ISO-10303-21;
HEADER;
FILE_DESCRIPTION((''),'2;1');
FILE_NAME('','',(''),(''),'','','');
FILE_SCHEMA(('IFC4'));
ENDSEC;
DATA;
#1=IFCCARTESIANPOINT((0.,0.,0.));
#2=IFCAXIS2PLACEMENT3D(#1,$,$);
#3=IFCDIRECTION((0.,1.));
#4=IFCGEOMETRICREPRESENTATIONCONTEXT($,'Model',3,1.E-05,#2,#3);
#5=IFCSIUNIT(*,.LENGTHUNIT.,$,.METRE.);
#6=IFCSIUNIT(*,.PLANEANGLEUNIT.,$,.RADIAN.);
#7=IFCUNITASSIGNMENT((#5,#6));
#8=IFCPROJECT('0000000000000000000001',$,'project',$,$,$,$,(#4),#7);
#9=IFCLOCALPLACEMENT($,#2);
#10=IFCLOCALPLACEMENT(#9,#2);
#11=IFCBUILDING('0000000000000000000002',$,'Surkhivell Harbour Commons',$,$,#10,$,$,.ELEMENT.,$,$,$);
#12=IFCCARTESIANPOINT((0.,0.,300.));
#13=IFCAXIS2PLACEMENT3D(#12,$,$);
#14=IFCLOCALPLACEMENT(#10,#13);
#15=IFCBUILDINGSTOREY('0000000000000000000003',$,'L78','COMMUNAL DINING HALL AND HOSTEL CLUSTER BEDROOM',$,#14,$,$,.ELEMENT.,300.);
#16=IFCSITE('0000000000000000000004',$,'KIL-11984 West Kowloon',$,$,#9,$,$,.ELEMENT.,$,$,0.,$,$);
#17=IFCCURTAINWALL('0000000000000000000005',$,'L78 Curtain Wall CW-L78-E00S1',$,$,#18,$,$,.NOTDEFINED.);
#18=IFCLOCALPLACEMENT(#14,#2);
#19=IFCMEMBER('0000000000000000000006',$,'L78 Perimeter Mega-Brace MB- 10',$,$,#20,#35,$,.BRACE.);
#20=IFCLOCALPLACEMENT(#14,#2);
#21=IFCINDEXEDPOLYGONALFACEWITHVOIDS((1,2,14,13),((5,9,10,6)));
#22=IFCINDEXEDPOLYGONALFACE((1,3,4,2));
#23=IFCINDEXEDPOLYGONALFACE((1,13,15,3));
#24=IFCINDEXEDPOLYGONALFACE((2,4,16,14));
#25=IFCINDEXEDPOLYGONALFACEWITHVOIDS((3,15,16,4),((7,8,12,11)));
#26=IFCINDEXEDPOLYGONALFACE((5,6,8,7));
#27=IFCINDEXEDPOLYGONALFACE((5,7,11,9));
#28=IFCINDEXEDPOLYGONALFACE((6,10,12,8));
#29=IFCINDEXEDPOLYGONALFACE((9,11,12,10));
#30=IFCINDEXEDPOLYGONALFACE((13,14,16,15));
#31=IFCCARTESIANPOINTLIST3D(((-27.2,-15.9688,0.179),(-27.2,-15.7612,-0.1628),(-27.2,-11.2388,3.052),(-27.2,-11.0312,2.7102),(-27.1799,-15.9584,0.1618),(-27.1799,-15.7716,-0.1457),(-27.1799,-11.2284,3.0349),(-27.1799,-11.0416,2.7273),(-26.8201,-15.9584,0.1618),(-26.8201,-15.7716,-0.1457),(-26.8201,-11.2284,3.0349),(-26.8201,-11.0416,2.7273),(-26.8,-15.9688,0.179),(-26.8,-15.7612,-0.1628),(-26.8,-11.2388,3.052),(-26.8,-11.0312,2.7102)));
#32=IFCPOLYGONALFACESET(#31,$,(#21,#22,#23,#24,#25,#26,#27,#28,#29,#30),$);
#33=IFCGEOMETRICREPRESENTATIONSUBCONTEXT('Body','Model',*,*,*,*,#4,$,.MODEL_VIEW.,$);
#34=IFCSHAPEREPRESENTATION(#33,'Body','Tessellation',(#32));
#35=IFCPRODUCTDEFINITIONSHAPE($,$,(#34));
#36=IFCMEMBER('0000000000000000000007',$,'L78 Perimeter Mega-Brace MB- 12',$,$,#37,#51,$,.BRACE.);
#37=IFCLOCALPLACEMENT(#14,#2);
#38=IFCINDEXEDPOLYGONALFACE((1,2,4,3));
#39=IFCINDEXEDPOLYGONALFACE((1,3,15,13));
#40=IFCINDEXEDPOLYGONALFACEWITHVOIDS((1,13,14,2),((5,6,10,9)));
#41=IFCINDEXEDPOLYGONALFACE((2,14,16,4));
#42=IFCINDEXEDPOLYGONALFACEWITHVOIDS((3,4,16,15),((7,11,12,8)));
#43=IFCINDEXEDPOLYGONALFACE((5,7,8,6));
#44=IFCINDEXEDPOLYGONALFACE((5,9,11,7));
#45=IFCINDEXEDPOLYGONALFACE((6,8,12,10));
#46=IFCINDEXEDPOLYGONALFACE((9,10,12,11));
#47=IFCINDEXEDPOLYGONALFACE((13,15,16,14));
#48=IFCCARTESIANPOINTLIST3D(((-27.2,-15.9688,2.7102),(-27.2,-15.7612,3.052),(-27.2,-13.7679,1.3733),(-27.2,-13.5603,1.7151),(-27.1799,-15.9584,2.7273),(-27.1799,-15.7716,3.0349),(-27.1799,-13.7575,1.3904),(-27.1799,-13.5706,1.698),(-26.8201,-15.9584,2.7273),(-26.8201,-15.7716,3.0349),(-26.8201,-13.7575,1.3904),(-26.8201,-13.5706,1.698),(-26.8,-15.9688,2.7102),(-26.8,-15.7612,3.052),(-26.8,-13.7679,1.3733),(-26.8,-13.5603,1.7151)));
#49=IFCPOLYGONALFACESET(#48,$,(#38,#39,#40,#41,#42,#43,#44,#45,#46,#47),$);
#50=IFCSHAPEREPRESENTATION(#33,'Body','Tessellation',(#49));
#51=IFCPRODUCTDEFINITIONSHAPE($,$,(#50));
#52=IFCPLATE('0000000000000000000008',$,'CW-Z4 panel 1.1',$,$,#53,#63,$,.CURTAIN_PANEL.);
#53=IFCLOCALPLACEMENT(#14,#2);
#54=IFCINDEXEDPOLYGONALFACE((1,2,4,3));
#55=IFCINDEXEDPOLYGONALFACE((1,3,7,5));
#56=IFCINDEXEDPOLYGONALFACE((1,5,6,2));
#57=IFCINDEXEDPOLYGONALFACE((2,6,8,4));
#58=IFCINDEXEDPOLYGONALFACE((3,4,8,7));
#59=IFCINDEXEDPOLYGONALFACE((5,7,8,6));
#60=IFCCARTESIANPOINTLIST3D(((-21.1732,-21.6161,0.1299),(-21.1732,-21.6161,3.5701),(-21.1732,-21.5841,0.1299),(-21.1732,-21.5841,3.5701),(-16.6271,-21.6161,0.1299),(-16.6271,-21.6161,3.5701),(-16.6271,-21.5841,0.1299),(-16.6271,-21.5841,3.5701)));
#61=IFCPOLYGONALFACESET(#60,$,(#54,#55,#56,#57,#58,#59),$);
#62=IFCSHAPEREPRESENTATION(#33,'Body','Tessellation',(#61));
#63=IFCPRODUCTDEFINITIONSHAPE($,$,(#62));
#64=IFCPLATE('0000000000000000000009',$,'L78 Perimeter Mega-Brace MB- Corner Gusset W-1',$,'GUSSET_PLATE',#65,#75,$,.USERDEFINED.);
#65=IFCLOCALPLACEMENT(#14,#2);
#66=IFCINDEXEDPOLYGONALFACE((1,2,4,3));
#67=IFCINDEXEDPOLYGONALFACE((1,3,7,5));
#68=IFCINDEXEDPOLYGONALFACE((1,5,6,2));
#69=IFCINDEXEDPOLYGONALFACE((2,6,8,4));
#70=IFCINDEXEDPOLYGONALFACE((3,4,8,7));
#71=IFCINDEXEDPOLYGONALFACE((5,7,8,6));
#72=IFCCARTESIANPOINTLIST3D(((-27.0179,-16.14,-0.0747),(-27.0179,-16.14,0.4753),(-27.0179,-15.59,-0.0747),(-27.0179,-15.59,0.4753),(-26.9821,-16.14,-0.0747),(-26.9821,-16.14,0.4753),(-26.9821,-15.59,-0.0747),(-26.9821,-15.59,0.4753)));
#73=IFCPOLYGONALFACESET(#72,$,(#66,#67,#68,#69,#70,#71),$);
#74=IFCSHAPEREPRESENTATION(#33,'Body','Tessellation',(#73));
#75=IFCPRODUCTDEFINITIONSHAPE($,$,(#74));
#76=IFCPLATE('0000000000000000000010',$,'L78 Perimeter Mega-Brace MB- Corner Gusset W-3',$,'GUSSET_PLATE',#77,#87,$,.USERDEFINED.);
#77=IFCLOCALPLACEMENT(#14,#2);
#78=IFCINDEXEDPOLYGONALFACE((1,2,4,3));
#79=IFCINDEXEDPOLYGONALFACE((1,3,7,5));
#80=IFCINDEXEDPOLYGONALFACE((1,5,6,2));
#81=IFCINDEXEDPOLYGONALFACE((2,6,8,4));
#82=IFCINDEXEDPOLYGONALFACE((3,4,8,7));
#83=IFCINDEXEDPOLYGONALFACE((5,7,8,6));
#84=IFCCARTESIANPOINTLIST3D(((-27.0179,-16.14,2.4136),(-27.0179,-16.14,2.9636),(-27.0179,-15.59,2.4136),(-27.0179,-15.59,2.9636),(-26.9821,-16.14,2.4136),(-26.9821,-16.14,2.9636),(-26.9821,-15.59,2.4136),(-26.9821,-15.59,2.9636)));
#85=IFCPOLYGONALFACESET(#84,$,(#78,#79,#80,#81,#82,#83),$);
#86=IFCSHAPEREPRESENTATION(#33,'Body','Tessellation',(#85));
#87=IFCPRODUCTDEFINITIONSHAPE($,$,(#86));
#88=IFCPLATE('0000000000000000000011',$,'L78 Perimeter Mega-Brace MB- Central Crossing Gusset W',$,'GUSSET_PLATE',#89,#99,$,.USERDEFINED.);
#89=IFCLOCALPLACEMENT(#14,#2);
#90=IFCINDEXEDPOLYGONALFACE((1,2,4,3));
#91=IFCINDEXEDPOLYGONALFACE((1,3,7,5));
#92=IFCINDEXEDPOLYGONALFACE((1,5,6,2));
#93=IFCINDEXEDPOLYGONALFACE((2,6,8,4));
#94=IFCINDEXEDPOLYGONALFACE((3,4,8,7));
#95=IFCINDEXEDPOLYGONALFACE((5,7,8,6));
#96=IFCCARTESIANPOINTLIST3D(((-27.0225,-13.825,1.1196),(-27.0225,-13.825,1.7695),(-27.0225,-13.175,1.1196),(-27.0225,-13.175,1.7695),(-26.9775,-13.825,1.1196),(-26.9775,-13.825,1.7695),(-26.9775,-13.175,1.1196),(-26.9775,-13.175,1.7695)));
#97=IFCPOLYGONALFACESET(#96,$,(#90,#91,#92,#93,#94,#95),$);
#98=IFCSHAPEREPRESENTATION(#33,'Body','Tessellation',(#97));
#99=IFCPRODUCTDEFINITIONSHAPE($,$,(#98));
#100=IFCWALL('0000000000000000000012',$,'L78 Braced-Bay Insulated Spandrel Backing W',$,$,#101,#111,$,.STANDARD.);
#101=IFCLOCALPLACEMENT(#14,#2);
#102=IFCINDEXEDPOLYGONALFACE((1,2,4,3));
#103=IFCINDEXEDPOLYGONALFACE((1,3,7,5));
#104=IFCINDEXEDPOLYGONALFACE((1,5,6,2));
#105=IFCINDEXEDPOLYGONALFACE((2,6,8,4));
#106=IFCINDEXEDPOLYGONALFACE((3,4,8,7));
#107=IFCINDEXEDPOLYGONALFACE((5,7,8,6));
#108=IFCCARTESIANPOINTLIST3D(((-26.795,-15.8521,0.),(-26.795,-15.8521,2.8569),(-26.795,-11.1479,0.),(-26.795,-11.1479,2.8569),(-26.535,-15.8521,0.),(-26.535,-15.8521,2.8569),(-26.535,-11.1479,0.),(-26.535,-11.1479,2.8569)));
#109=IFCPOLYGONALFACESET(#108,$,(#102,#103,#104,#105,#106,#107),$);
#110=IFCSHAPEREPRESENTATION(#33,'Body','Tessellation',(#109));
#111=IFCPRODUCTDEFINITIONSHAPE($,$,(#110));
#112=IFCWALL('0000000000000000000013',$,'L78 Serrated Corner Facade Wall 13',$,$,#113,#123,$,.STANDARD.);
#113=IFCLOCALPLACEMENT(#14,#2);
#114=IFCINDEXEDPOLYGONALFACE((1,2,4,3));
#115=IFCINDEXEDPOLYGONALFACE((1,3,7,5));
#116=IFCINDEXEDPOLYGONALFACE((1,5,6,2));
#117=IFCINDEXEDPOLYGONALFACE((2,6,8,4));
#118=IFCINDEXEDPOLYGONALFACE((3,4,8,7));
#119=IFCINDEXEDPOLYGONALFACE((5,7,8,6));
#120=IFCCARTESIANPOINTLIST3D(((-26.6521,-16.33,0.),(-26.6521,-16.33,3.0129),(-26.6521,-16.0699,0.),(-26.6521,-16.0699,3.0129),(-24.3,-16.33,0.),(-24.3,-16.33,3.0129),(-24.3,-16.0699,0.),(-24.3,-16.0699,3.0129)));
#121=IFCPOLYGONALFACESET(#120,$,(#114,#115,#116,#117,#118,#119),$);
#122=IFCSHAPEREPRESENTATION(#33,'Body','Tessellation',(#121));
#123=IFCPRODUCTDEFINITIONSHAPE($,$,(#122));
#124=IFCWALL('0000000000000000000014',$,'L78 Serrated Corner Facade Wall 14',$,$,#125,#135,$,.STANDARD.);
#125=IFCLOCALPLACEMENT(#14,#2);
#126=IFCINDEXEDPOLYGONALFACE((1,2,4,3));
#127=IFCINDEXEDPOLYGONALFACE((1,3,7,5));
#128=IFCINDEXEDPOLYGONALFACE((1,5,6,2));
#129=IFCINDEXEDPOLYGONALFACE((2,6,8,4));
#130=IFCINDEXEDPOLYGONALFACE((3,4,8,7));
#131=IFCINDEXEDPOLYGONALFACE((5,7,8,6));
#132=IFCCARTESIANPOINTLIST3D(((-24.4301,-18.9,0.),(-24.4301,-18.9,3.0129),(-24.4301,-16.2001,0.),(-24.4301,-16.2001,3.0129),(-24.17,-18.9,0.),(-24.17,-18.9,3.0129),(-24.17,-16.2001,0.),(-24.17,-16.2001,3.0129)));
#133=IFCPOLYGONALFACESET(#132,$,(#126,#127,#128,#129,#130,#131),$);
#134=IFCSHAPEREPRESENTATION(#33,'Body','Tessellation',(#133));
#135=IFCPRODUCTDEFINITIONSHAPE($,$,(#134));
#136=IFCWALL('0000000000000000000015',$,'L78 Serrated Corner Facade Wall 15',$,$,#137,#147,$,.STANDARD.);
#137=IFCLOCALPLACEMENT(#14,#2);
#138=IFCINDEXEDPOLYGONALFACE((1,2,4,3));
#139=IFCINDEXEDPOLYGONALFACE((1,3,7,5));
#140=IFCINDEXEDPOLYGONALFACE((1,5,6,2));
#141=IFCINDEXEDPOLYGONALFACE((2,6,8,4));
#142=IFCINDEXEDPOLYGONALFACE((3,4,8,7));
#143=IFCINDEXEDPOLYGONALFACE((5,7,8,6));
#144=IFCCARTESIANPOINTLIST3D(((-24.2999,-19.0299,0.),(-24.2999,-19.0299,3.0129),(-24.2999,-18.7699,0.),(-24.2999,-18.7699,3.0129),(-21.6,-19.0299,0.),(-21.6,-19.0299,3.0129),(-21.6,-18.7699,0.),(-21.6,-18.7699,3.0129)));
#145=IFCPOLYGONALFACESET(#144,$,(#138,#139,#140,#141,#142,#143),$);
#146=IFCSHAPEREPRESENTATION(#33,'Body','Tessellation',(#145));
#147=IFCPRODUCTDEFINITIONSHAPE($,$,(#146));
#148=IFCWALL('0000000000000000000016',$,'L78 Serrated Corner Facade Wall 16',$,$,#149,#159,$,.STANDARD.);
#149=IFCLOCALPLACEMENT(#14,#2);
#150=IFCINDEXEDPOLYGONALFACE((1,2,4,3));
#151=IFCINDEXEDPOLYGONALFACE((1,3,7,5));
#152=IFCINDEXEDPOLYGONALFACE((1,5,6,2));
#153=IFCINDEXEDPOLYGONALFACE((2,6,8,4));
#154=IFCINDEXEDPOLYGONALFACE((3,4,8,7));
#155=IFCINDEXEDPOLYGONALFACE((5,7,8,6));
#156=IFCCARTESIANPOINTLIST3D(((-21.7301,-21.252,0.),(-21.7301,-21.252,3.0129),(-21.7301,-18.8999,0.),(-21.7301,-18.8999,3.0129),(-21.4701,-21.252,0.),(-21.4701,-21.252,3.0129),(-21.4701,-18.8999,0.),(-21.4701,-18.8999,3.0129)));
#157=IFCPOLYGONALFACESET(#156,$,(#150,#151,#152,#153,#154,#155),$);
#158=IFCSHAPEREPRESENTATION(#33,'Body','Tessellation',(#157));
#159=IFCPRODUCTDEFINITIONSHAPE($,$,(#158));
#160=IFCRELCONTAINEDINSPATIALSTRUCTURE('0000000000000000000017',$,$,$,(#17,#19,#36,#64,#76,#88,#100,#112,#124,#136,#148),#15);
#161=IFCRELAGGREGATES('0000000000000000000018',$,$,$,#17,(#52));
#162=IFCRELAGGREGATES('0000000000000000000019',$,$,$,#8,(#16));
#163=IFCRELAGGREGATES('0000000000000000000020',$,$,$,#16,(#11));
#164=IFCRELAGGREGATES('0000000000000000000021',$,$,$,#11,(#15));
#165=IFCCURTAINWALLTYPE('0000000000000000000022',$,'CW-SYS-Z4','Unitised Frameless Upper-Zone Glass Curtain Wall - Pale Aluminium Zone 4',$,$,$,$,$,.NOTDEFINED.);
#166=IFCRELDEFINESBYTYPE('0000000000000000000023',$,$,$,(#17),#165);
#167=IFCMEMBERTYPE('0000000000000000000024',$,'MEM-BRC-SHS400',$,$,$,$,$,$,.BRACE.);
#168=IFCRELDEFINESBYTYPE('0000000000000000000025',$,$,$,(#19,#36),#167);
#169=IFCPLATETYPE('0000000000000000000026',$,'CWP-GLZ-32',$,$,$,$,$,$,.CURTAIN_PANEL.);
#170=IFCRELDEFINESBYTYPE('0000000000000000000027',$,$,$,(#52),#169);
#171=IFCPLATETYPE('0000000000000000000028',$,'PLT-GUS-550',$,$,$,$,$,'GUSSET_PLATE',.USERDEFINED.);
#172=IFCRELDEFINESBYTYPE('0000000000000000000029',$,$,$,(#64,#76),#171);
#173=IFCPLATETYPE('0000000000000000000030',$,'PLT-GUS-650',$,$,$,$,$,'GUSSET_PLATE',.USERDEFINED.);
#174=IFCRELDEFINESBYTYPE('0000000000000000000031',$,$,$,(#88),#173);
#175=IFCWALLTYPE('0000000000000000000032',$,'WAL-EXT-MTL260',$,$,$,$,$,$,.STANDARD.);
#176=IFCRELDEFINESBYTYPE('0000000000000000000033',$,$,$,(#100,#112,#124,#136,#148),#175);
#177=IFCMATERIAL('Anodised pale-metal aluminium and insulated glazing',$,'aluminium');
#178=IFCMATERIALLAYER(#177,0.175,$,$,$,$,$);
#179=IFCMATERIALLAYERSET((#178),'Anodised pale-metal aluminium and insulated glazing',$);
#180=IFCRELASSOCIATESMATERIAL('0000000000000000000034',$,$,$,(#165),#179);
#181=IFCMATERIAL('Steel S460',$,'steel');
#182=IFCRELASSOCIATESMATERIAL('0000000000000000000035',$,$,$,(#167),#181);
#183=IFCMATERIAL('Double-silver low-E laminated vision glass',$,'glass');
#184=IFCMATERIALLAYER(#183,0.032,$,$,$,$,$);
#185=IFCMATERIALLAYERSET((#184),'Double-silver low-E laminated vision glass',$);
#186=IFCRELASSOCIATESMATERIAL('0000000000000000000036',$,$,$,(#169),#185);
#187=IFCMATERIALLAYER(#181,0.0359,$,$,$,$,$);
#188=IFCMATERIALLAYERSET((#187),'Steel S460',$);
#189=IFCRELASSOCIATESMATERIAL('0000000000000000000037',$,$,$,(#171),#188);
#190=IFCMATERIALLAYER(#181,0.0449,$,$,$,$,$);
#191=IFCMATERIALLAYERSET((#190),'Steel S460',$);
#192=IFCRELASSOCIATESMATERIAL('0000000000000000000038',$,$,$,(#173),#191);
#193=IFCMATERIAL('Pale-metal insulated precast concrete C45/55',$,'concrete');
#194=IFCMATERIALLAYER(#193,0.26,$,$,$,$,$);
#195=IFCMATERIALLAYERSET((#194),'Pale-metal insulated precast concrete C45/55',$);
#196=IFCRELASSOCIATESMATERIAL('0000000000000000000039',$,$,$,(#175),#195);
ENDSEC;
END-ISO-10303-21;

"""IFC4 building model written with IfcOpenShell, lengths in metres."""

from ifc_helpers import new_model, si_unit, direction, frame, frame_2d, origin, origin_2d, place, context, subcontext, project, spatial, rectangle, hollow_rectangle, extrude, material, layer, layer_set, material_profile, profile_set, type_object, element, aggregate, save


model = new_model("IFC4")

# Units and contexts
model_context = context("Model", 3, precision=1e-05, world=origin(), true_north=direction((0.0, 1.0)))
body_context = subcontext(model_context, "Body", "Model", "MODEL_VIEW")
ifc_project = project(units=[si_unit("LENGTHUNIT", "METRE"), si_unit("PLANEANGLEUNIT", "RADIAN")], contexts=[model_context])

# Site, building, storey
site_placement = place(None, origin())
site = spatial("IfcSite", under=ifc_project, at=site_placement, Name="KIL-11984 West Kowloon", CompositionType="ELEMENT", RefElevation=0.0)
building_placement = place(site_placement, origin())
building = spatial("IfcBuilding", under=site, at=building_placement, Name="Surkhivell Harbour Commons", CompositionType="ELEMENT")
storey_placement = place(building_placement, frame((0.0, 0.0, 300.0)))
storey = spatial("IfcBuildingStorey", under=building, at=storey_placement, Name="L78", Description="COMMUNAL DINING HALL AND HOSTEL CLUSTER BEDROOM", CompositionType="ELEMENT", Elevation=300.0)

# Curtain wall
ifc_material_1 = material(Name="Anodised pale-metal aluminium and insulated glazing", Category="aluminium")
ifc_layer_1 = layer(ifc_material_1, 0.175)
ifc_layer_set_1 = layer_set([ifc_layer_1], Name="Anodised pale-metal aluminium and insulated glazing")
curtain_wall_type = type_object("IfcCurtainWallType", Name="CW-SYS-Z4", Description="Unitised Frameless Upper-Zone Glass Curtain Wall - Pale Aluminium Zone 4", PredefinedType="NOTDEFINED", material=ifc_layer_set_1)
curtain_wall_placement = place(storey_placement, origin())
curtain_wall = element("IfcCurtainWall", 1, at=curtain_wall_placement, inside=storey, type_object=curtain_wall_type, Name="L78 Curtain Wall CW-L78-E00S1", PredefinedType="NOTDEFINED")

# Members
ifc_material_2 = material(Name="Steel S460", Category="steel")
ifc_material_profile_1 = material_profile(ifc_material_2, hollow_rectangle(XDim=0.3999, YDim=0.3999, WallThickness=0.02, at=origin_2d()), Name="SHS400x400x20")
ifc_profile_set_1 = profile_set([ifc_material_profile_1], Name="Steel S460")
member_type_1 = type_object("IfcMemberType", Name="MEM-BRC-SHS400", PredefinedType="BRACE", material=ifc_profile_set_1)
member_1_placement = place(storey_placement, frame((-27.0, -15.865, 0.0081), z_axis=(0.0, 0.854685, 0.519146), x_axis=(-1.0, 0.0, 0.0)))
element("IfcMember", 2, at=member_1_placement, inside=storey, type_object=member_type_1, Name="L78 Perimeter Mega-Brace MB- 10", PredefinedType="BRACE", context=body_context, shape_type="SweptSolid", body=[
    extrude(hollow_rectangle(XDim=0.3999, YDim=0.3999, WallThickness=0.02, at=origin_2d()), origin(), (0.0, 0.0, 1.0), 5.5342),
])
member_2_placement = place(storey_placement, frame((-27.0, -13.6641, 1.5442), z_axis=(0.0, -0.854678, 0.519159), x_axis=(1.0, 0.0, 0.0)))
element("IfcMember", 3, at=member_2_placement, inside=storey, type_object=member_type_1, Name="L78 Perimeter Mega-Brace MB- 12", PredefinedType="BRACE", context=body_context, shape_type="SweptSolid", body=[
    extrude(hollow_rectangle(XDim=0.3999, YDim=0.3999, WallThickness=0.02, at=origin_2d()), origin(), (0.0, 0.0, 1.0), 2.5752),
])

# Plate
ifc_material_3 = material(Name="Double-silver low-E laminated vision glass", Category="glass")
ifc_layer_2 = layer(ifc_material_3, 0.032)
ifc_layer_set_2 = layer_set([ifc_layer_2], Name="Double-silver low-E laminated vision glass")
plate_type_1 = type_object("IfcPlateType", Name="CWP-GLZ-32", PredefinedType="CURTAIN_PANEL", material=ifc_layer_set_2)
plate_1_placement = place(storey_placement, frame((-21.1731, -21.6001, 0.1299), z_axis=(0.0, 0.0, 1.0), x_axis=(1.0, 0.0, 0.0)))
plate_1 = element("IfcPlate", 4, at=plate_1_placement, type_object=plate_type_1, Name="CW-Z4 panel 1.1", PredefinedType="CURTAIN_PANEL", context=body_context, shape_type="SweptSolid", body=[
    extrude(rectangle(XDim=4.5461, YDim=0.032, at=frame_2d((2.2729, 0.0))), origin(), (0.0, 0.0, 1.0), 3.4402),
])
aggregate(curtain_wall, [plate_1])

# Plates
ifc_layer_3 = layer(ifc_material_2, 0.0359)
ifc_layer_set_3 = layer_set([ifc_layer_3], Name="Steel S460")
plate_type_2 = type_object("IfcPlateType", Name="PLT-GUS-550", ElementType="GUSSET_PLATE", PredefinedType="USERDEFINED", material=ifc_layer_set_3)
for number, where, z_axis, x_axis, name in (
    (5, (-27.0, -15.865, -0.0747), (0.0, 0.0, 1.0), (0.0, 1.0, 0.0), "L78 Perimeter Mega-Brace MB- Corner Gusset W-1"),
    (6, (-27.0, -15.865, 2.4136), (0.0, 0.0, 1.0), (0.0, 1.0, 0.0), "L78 Perimeter Mega-Brace MB- Corner Gusset W-3"),
):
    element("IfcPlate", number, at=place(storey_placement, frame(where, z_axis=z_axis, x_axis=x_axis)), inside=storey, type_object=plate_type_2, Name=name, ObjectType="GUSSET_PLATE", PredefinedType="USERDEFINED", context=body_context, shape_type="SweptSolid", body=[
        extrude(rectangle(XDim=0.55, YDim=0.0359, at=origin_2d()), origin(), (0.0, 0.0, 1.0), 0.55),
    ])
ifc_layer_4 = layer(ifc_material_2, 0.0449)
ifc_layer_set_4 = layer_set([ifc_layer_4], Name="Steel S460")
plate_type_3 = type_object("IfcPlateType", Name="PLT-GUS-650", ElementType="GUSSET_PLATE", PredefinedType="USERDEFINED", material=ifc_layer_set_4)
plate_2_placement = place(storey_placement, frame((-27.0, -13.5, 1.1196), z_axis=(0.0, 0.0, 1.0), x_axis=(0.0, 1.0, 0.0)))
element("IfcPlate", 7, at=plate_2_placement, inside=storey, type_object=plate_type_3, Name="L78 Perimeter Mega-Brace MB- Central Crossing Gusset W", ObjectType="GUSSET_PLATE", PredefinedType="USERDEFINED", context=body_context, shape_type="SweptSolid", body=[
    extrude(rectangle(XDim=0.6499, YDim=0.0449, at=origin_2d()), origin(), (0.0, 0.0, 1.0), 0.6499),
])

# Walls
ifc_material_4 = material(Name="Pale-metal insulated precast concrete C45/55", Category="concrete")
ifc_layer_5 = layer(ifc_material_4, 0.26)
ifc_layer_set_5 = layer_set([ifc_layer_5], Name="Pale-metal insulated precast concrete C45/55")
wall_type = type_object("IfcWallType", Name="WAL-EXT-MTL260", PredefinedType="STANDARD", material=ifc_layer_set_5)
wall_1_placement = place(storey_placement, frame((-26.665, -11.1479, 0.0), z_axis=(0.0, 0.0, 1.0), x_axis=(0.0, -1.0, 0.0)))
element("IfcWall", 8, at=wall_1_placement, inside=storey, type_object=wall_type, Name="L78 Braced-Bay Insulated Spandrel Backing W", PredefinedType="STANDARD", context=body_context, shape_type="SweptSolid", body=[
    extrude(rectangle(XDim=4.7041, YDim=0.26, at=frame_2d((2.3521, 0.0))), origin(), (0.0, 0.0, 1.0), 2.8569),
])
wall_2_placement = place(storey_placement, frame((-26.6521, -16.2, 0.0), z_axis=(0.0, 0.0, 1.0), x_axis=(1.0, 0.0, 0.0)))
element("IfcWall", 9, at=wall_2_placement, inside=storey, type_object=wall_type, Name="L78 Serrated Corner Facade Wall 13", PredefinedType="STANDARD", context=body_context, shape_type="SweptSolid", body=[
    extrude(rectangle(XDim=2.3521, YDim=0.26, at=frame_2d((1.176, 0.0))), origin(), (0.0, 0.0, 1.0), 3.0129),
])
for number, where, z_axis, x_axis, name in (
    (10, (-24.3, -16.2, 0.0), (0.0, 0.0, 1.0), (0.0, -1.0, 0.0), "L78 Serrated Corner Facade Wall 14"),
    (11, (-24.3, -18.8999, 0.0), (0.0, 0.0, 1.0), (1.0, 0.0, 0.0), "L78 Serrated Corner Facade Wall 15"),
):
    element("IfcWall", number, at=place(storey_placement, frame(where, z_axis=z_axis, x_axis=x_axis)), inside=storey, type_object=wall_type, Name=name, PredefinedType="STANDARD", context=body_context, shape_type="SweptSolid", body=[
        extrude(rectangle(XDim=2.7, YDim=0.26, at=frame_2d((1.3501, 0.0))), origin(), (0.0, 0.0, 1.0), 3.0129),
    ])
wall_3_placement = place(storey_placement, frame((-21.6001, -18.8999, 0.0), z_axis=(0.0, 0.0, 1.0), x_axis=(0.0, -1.0, 0.0)))
element("IfcWall", 12, at=wall_3_placement, inside=storey, type_object=wall_type, Name="L78 Serrated Corner Facade Wall 16", PredefinedType="STANDARD", context=body_context, shape_type="SweptSolid", body=[
    extrude(rectangle(XDim=2.3521, YDim=0.26, at=frame_2d((1.176, 0.0))), origin(), (0.0, 0.0, 1.0), 3.0129),
])

save(model, "model.ifc")
